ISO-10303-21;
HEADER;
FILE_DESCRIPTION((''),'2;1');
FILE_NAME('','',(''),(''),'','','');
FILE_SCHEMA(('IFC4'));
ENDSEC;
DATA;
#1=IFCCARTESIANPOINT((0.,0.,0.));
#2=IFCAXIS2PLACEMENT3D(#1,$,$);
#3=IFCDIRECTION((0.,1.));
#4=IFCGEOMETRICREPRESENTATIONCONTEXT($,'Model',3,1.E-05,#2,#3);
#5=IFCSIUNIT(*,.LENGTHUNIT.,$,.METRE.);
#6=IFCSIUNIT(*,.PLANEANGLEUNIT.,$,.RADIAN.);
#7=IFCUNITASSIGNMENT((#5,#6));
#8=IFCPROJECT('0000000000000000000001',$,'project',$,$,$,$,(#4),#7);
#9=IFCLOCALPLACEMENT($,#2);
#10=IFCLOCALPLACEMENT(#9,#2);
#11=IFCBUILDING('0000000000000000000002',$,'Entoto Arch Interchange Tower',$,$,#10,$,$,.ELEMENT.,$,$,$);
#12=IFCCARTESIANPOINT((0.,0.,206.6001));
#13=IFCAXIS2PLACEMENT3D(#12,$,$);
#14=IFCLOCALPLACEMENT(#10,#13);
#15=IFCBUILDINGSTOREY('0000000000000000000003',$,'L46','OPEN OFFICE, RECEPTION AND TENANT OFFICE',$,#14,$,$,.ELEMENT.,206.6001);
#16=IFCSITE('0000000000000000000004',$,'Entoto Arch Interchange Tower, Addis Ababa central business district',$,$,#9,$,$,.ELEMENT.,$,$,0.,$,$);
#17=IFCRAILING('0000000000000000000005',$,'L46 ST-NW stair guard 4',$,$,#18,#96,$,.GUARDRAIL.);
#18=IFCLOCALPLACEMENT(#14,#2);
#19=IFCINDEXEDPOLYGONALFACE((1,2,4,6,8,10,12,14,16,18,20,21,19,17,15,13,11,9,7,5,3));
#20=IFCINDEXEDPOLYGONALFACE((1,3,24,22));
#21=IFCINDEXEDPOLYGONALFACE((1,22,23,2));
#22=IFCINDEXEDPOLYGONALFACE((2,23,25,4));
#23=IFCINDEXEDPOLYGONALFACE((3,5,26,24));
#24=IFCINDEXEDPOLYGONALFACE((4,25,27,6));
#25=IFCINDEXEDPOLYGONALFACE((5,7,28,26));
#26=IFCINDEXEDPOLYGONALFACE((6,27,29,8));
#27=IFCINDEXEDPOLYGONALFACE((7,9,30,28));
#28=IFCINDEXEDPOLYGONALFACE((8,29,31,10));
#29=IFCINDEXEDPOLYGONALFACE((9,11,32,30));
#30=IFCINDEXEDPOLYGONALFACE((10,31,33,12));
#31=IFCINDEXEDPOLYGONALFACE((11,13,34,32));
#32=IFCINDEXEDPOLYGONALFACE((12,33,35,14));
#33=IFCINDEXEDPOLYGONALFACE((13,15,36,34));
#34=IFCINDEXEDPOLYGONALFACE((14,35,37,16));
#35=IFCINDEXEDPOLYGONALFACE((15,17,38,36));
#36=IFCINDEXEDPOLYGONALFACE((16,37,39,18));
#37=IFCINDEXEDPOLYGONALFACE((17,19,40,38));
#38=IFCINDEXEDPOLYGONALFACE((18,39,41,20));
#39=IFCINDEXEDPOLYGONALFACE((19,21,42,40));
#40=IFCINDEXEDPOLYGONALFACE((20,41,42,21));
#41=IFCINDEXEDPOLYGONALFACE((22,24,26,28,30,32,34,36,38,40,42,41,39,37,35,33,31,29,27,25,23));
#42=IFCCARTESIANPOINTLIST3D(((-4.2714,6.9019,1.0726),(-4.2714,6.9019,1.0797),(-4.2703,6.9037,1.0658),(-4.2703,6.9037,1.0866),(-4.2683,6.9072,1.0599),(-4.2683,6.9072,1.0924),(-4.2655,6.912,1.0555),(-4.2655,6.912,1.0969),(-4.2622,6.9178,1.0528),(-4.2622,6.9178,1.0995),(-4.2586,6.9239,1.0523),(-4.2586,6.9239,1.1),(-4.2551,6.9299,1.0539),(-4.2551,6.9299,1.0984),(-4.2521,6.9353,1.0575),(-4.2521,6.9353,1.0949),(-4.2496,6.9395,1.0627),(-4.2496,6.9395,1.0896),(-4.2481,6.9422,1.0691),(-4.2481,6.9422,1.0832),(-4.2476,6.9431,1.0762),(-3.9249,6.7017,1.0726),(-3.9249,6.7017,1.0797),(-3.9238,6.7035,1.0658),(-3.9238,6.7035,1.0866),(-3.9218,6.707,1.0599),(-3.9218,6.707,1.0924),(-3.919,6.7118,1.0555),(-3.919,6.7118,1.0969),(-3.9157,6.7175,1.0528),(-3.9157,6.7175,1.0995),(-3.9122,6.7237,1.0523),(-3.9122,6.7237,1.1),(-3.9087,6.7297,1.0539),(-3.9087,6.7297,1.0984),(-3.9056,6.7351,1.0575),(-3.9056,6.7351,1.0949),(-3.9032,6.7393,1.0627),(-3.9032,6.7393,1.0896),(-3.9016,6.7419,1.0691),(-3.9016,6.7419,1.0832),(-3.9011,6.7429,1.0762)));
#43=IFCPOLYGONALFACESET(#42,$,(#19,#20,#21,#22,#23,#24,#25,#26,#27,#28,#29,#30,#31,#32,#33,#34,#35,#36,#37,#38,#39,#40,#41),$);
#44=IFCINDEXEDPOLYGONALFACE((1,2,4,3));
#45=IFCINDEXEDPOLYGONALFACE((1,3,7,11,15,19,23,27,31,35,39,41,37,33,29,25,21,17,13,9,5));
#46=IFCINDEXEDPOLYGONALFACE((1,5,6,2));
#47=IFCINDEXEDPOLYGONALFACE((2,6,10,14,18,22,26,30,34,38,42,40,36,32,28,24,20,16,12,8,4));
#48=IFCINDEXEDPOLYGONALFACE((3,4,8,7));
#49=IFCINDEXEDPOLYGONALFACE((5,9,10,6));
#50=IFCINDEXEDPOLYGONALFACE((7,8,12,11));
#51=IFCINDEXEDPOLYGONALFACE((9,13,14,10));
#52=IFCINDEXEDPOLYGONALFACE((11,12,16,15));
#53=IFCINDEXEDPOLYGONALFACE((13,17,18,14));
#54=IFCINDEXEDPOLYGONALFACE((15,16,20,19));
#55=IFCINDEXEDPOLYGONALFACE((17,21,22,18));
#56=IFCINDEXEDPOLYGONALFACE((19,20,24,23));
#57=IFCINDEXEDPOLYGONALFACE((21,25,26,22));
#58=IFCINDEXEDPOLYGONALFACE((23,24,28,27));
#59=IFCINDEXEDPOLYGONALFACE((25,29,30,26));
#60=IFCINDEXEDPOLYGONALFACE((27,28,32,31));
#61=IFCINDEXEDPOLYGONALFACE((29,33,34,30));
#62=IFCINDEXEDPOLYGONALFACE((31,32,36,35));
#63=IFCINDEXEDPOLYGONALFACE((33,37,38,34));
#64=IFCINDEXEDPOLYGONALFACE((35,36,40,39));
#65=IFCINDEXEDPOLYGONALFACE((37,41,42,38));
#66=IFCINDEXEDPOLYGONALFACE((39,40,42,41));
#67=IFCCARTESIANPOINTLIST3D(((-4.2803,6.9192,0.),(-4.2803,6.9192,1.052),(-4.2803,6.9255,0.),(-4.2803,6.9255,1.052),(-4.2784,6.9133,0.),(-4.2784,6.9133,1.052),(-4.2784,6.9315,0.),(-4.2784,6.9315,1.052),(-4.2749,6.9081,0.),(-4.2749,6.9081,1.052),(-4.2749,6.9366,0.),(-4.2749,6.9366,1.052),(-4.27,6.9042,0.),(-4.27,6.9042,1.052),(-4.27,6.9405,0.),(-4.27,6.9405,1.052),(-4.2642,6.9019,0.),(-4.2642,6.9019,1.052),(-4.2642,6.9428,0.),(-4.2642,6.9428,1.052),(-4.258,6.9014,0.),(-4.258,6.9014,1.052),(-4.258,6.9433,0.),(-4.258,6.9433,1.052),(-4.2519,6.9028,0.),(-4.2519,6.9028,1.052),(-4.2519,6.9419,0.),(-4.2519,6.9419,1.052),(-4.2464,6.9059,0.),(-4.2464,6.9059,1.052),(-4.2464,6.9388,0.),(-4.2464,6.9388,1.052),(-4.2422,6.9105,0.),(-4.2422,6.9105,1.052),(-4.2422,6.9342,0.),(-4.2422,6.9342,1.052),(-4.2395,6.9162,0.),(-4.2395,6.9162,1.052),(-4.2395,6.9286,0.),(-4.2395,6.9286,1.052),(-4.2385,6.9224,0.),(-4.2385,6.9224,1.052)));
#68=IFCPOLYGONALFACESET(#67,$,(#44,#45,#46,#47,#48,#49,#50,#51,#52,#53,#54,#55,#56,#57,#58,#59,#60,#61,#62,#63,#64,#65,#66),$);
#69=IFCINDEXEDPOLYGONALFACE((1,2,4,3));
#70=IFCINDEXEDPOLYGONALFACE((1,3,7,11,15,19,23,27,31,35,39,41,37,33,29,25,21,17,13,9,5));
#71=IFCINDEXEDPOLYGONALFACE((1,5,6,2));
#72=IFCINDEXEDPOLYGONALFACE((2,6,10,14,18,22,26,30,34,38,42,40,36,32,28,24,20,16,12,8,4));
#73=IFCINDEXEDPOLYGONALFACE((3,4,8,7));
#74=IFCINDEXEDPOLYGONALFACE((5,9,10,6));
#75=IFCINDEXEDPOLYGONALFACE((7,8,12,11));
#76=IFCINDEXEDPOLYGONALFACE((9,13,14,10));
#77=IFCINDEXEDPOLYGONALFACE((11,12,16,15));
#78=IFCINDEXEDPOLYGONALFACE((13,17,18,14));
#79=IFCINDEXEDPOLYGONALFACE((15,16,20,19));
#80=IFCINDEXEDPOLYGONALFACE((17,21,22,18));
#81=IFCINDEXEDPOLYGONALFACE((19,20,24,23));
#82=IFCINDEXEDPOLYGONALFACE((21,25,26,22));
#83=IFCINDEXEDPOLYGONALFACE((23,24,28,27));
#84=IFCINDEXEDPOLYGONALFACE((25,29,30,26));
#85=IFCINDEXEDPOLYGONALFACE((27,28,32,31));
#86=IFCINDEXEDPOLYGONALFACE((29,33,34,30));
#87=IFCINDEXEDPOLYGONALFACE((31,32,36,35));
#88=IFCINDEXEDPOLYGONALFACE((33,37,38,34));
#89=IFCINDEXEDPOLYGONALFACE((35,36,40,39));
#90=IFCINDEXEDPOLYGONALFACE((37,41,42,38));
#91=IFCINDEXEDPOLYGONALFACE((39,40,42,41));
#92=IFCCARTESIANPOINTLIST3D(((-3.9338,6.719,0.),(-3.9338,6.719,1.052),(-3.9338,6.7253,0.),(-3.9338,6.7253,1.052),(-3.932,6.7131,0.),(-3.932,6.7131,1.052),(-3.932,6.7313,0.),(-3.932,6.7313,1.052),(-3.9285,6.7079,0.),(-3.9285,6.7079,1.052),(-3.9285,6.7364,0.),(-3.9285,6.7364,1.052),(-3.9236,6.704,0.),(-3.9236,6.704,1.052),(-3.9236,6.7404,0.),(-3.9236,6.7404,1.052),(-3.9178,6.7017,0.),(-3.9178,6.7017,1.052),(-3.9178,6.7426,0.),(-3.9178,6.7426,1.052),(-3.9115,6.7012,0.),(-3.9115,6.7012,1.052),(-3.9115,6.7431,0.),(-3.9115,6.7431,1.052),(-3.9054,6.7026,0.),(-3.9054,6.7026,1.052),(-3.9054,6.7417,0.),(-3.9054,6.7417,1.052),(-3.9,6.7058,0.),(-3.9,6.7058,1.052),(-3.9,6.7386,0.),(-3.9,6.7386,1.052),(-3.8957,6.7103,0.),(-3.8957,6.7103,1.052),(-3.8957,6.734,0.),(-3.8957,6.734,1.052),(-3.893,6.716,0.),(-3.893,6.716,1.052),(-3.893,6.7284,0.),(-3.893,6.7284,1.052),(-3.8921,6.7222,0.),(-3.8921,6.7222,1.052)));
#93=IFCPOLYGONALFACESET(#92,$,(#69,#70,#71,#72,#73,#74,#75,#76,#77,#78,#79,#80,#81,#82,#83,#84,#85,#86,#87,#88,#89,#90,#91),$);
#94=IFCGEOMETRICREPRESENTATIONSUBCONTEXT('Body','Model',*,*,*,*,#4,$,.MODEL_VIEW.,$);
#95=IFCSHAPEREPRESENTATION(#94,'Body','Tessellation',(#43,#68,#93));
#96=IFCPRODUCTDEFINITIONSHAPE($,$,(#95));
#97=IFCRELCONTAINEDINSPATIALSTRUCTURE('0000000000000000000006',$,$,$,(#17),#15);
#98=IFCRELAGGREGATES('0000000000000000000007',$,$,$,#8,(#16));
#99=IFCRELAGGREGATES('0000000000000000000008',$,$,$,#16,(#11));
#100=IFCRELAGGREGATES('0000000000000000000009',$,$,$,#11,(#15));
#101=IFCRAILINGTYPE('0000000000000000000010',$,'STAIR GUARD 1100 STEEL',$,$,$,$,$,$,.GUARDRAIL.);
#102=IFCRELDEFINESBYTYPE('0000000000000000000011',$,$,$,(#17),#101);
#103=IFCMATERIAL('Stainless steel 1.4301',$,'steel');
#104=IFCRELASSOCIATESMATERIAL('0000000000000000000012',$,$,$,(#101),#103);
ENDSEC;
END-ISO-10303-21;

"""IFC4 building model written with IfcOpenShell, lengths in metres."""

from ifc_helpers import new_model, si_unit, direction, frame, origin, origin_2d, place, context, subcontext, project, spatial, circle, extrude, material, type_object, element, save


model = new_model("IFC4")

# Units and contexts
model_context = context("Model", 3, precision=1e-05, world=origin(), true_north=direction((0.0, 1.0)))
body_context = subcontext(model_context, "Body", "Model", "MODEL_VIEW")
ifc_project = project(units=[si_unit("LENGTHUNIT", "METRE"), si_unit("PLANEANGLEUNIT", "RADIAN")], contexts=[model_context])

# Site, building, storey
site_placement = place(None, origin())
site = spatial("IfcSite", under=ifc_project, at=site_placement, Name="Entoto Arch Interchange Tower, Addis Ababa central business district", CompositionType="ELEMENT", RefElevation=0.0)
building_placement = place(site_placement, origin())
building = spatial("IfcBuilding", under=site, at=building_placement, Name="Entoto Arch Interchange Tower", CompositionType="ELEMENT")
storey_placement = place(building_placement, frame((0.0, 0.0, 206.6001)))
storey = spatial("IfcBuildingStorey", under=building, at=storey_placement, Name="L46", Description="OPEN OFFICE, RECEPTION AND TENANT OFFICE", CompositionType="ELEMENT", Elevation=206.6001)

# Railing
ifc_material_1 = material(Name="Stainless steel 1.4301", Category="steel")
railing_type_1 = type_object("IfcRailingType", Name="STAIR GUARD 1100 STEEL", PredefinedType="GUARDRAIL", material=ifc_material_1)
railing_1_placement = place(storey_placement, frame((-4.2595, 6.9224, 0.0)))
element("IfcRailing", 1, at=railing_1_placement, inside=storey, type_object=railing_type_1, Name="L46 ST-NW stair guard 4", PredefinedType="GUARDRAIL", context=body_context, shape_type="SweptSolid", body=[
    extrude(circle(Radius=0.0239, at=origin_2d()), frame((0.0, 0.0, 1.0762), z_axis=(0.86583, -0.500339, 0.0), x_axis=(0.500339, 0.86583, 0.0)), (0.0, 0.0, 1.0), 0.4001),
    extrude(circle(Radius=0.021, at=origin_2d()), origin(), (0.0, 0.0, 1.0), 1.052),
    extrude(circle(Radius=0.021, at=origin_2d()), frame((0.3464, -0.2002, 0.0)), (0.0, 0.0, 1.0), 1.052),
])

save(model, "model.ifc")
